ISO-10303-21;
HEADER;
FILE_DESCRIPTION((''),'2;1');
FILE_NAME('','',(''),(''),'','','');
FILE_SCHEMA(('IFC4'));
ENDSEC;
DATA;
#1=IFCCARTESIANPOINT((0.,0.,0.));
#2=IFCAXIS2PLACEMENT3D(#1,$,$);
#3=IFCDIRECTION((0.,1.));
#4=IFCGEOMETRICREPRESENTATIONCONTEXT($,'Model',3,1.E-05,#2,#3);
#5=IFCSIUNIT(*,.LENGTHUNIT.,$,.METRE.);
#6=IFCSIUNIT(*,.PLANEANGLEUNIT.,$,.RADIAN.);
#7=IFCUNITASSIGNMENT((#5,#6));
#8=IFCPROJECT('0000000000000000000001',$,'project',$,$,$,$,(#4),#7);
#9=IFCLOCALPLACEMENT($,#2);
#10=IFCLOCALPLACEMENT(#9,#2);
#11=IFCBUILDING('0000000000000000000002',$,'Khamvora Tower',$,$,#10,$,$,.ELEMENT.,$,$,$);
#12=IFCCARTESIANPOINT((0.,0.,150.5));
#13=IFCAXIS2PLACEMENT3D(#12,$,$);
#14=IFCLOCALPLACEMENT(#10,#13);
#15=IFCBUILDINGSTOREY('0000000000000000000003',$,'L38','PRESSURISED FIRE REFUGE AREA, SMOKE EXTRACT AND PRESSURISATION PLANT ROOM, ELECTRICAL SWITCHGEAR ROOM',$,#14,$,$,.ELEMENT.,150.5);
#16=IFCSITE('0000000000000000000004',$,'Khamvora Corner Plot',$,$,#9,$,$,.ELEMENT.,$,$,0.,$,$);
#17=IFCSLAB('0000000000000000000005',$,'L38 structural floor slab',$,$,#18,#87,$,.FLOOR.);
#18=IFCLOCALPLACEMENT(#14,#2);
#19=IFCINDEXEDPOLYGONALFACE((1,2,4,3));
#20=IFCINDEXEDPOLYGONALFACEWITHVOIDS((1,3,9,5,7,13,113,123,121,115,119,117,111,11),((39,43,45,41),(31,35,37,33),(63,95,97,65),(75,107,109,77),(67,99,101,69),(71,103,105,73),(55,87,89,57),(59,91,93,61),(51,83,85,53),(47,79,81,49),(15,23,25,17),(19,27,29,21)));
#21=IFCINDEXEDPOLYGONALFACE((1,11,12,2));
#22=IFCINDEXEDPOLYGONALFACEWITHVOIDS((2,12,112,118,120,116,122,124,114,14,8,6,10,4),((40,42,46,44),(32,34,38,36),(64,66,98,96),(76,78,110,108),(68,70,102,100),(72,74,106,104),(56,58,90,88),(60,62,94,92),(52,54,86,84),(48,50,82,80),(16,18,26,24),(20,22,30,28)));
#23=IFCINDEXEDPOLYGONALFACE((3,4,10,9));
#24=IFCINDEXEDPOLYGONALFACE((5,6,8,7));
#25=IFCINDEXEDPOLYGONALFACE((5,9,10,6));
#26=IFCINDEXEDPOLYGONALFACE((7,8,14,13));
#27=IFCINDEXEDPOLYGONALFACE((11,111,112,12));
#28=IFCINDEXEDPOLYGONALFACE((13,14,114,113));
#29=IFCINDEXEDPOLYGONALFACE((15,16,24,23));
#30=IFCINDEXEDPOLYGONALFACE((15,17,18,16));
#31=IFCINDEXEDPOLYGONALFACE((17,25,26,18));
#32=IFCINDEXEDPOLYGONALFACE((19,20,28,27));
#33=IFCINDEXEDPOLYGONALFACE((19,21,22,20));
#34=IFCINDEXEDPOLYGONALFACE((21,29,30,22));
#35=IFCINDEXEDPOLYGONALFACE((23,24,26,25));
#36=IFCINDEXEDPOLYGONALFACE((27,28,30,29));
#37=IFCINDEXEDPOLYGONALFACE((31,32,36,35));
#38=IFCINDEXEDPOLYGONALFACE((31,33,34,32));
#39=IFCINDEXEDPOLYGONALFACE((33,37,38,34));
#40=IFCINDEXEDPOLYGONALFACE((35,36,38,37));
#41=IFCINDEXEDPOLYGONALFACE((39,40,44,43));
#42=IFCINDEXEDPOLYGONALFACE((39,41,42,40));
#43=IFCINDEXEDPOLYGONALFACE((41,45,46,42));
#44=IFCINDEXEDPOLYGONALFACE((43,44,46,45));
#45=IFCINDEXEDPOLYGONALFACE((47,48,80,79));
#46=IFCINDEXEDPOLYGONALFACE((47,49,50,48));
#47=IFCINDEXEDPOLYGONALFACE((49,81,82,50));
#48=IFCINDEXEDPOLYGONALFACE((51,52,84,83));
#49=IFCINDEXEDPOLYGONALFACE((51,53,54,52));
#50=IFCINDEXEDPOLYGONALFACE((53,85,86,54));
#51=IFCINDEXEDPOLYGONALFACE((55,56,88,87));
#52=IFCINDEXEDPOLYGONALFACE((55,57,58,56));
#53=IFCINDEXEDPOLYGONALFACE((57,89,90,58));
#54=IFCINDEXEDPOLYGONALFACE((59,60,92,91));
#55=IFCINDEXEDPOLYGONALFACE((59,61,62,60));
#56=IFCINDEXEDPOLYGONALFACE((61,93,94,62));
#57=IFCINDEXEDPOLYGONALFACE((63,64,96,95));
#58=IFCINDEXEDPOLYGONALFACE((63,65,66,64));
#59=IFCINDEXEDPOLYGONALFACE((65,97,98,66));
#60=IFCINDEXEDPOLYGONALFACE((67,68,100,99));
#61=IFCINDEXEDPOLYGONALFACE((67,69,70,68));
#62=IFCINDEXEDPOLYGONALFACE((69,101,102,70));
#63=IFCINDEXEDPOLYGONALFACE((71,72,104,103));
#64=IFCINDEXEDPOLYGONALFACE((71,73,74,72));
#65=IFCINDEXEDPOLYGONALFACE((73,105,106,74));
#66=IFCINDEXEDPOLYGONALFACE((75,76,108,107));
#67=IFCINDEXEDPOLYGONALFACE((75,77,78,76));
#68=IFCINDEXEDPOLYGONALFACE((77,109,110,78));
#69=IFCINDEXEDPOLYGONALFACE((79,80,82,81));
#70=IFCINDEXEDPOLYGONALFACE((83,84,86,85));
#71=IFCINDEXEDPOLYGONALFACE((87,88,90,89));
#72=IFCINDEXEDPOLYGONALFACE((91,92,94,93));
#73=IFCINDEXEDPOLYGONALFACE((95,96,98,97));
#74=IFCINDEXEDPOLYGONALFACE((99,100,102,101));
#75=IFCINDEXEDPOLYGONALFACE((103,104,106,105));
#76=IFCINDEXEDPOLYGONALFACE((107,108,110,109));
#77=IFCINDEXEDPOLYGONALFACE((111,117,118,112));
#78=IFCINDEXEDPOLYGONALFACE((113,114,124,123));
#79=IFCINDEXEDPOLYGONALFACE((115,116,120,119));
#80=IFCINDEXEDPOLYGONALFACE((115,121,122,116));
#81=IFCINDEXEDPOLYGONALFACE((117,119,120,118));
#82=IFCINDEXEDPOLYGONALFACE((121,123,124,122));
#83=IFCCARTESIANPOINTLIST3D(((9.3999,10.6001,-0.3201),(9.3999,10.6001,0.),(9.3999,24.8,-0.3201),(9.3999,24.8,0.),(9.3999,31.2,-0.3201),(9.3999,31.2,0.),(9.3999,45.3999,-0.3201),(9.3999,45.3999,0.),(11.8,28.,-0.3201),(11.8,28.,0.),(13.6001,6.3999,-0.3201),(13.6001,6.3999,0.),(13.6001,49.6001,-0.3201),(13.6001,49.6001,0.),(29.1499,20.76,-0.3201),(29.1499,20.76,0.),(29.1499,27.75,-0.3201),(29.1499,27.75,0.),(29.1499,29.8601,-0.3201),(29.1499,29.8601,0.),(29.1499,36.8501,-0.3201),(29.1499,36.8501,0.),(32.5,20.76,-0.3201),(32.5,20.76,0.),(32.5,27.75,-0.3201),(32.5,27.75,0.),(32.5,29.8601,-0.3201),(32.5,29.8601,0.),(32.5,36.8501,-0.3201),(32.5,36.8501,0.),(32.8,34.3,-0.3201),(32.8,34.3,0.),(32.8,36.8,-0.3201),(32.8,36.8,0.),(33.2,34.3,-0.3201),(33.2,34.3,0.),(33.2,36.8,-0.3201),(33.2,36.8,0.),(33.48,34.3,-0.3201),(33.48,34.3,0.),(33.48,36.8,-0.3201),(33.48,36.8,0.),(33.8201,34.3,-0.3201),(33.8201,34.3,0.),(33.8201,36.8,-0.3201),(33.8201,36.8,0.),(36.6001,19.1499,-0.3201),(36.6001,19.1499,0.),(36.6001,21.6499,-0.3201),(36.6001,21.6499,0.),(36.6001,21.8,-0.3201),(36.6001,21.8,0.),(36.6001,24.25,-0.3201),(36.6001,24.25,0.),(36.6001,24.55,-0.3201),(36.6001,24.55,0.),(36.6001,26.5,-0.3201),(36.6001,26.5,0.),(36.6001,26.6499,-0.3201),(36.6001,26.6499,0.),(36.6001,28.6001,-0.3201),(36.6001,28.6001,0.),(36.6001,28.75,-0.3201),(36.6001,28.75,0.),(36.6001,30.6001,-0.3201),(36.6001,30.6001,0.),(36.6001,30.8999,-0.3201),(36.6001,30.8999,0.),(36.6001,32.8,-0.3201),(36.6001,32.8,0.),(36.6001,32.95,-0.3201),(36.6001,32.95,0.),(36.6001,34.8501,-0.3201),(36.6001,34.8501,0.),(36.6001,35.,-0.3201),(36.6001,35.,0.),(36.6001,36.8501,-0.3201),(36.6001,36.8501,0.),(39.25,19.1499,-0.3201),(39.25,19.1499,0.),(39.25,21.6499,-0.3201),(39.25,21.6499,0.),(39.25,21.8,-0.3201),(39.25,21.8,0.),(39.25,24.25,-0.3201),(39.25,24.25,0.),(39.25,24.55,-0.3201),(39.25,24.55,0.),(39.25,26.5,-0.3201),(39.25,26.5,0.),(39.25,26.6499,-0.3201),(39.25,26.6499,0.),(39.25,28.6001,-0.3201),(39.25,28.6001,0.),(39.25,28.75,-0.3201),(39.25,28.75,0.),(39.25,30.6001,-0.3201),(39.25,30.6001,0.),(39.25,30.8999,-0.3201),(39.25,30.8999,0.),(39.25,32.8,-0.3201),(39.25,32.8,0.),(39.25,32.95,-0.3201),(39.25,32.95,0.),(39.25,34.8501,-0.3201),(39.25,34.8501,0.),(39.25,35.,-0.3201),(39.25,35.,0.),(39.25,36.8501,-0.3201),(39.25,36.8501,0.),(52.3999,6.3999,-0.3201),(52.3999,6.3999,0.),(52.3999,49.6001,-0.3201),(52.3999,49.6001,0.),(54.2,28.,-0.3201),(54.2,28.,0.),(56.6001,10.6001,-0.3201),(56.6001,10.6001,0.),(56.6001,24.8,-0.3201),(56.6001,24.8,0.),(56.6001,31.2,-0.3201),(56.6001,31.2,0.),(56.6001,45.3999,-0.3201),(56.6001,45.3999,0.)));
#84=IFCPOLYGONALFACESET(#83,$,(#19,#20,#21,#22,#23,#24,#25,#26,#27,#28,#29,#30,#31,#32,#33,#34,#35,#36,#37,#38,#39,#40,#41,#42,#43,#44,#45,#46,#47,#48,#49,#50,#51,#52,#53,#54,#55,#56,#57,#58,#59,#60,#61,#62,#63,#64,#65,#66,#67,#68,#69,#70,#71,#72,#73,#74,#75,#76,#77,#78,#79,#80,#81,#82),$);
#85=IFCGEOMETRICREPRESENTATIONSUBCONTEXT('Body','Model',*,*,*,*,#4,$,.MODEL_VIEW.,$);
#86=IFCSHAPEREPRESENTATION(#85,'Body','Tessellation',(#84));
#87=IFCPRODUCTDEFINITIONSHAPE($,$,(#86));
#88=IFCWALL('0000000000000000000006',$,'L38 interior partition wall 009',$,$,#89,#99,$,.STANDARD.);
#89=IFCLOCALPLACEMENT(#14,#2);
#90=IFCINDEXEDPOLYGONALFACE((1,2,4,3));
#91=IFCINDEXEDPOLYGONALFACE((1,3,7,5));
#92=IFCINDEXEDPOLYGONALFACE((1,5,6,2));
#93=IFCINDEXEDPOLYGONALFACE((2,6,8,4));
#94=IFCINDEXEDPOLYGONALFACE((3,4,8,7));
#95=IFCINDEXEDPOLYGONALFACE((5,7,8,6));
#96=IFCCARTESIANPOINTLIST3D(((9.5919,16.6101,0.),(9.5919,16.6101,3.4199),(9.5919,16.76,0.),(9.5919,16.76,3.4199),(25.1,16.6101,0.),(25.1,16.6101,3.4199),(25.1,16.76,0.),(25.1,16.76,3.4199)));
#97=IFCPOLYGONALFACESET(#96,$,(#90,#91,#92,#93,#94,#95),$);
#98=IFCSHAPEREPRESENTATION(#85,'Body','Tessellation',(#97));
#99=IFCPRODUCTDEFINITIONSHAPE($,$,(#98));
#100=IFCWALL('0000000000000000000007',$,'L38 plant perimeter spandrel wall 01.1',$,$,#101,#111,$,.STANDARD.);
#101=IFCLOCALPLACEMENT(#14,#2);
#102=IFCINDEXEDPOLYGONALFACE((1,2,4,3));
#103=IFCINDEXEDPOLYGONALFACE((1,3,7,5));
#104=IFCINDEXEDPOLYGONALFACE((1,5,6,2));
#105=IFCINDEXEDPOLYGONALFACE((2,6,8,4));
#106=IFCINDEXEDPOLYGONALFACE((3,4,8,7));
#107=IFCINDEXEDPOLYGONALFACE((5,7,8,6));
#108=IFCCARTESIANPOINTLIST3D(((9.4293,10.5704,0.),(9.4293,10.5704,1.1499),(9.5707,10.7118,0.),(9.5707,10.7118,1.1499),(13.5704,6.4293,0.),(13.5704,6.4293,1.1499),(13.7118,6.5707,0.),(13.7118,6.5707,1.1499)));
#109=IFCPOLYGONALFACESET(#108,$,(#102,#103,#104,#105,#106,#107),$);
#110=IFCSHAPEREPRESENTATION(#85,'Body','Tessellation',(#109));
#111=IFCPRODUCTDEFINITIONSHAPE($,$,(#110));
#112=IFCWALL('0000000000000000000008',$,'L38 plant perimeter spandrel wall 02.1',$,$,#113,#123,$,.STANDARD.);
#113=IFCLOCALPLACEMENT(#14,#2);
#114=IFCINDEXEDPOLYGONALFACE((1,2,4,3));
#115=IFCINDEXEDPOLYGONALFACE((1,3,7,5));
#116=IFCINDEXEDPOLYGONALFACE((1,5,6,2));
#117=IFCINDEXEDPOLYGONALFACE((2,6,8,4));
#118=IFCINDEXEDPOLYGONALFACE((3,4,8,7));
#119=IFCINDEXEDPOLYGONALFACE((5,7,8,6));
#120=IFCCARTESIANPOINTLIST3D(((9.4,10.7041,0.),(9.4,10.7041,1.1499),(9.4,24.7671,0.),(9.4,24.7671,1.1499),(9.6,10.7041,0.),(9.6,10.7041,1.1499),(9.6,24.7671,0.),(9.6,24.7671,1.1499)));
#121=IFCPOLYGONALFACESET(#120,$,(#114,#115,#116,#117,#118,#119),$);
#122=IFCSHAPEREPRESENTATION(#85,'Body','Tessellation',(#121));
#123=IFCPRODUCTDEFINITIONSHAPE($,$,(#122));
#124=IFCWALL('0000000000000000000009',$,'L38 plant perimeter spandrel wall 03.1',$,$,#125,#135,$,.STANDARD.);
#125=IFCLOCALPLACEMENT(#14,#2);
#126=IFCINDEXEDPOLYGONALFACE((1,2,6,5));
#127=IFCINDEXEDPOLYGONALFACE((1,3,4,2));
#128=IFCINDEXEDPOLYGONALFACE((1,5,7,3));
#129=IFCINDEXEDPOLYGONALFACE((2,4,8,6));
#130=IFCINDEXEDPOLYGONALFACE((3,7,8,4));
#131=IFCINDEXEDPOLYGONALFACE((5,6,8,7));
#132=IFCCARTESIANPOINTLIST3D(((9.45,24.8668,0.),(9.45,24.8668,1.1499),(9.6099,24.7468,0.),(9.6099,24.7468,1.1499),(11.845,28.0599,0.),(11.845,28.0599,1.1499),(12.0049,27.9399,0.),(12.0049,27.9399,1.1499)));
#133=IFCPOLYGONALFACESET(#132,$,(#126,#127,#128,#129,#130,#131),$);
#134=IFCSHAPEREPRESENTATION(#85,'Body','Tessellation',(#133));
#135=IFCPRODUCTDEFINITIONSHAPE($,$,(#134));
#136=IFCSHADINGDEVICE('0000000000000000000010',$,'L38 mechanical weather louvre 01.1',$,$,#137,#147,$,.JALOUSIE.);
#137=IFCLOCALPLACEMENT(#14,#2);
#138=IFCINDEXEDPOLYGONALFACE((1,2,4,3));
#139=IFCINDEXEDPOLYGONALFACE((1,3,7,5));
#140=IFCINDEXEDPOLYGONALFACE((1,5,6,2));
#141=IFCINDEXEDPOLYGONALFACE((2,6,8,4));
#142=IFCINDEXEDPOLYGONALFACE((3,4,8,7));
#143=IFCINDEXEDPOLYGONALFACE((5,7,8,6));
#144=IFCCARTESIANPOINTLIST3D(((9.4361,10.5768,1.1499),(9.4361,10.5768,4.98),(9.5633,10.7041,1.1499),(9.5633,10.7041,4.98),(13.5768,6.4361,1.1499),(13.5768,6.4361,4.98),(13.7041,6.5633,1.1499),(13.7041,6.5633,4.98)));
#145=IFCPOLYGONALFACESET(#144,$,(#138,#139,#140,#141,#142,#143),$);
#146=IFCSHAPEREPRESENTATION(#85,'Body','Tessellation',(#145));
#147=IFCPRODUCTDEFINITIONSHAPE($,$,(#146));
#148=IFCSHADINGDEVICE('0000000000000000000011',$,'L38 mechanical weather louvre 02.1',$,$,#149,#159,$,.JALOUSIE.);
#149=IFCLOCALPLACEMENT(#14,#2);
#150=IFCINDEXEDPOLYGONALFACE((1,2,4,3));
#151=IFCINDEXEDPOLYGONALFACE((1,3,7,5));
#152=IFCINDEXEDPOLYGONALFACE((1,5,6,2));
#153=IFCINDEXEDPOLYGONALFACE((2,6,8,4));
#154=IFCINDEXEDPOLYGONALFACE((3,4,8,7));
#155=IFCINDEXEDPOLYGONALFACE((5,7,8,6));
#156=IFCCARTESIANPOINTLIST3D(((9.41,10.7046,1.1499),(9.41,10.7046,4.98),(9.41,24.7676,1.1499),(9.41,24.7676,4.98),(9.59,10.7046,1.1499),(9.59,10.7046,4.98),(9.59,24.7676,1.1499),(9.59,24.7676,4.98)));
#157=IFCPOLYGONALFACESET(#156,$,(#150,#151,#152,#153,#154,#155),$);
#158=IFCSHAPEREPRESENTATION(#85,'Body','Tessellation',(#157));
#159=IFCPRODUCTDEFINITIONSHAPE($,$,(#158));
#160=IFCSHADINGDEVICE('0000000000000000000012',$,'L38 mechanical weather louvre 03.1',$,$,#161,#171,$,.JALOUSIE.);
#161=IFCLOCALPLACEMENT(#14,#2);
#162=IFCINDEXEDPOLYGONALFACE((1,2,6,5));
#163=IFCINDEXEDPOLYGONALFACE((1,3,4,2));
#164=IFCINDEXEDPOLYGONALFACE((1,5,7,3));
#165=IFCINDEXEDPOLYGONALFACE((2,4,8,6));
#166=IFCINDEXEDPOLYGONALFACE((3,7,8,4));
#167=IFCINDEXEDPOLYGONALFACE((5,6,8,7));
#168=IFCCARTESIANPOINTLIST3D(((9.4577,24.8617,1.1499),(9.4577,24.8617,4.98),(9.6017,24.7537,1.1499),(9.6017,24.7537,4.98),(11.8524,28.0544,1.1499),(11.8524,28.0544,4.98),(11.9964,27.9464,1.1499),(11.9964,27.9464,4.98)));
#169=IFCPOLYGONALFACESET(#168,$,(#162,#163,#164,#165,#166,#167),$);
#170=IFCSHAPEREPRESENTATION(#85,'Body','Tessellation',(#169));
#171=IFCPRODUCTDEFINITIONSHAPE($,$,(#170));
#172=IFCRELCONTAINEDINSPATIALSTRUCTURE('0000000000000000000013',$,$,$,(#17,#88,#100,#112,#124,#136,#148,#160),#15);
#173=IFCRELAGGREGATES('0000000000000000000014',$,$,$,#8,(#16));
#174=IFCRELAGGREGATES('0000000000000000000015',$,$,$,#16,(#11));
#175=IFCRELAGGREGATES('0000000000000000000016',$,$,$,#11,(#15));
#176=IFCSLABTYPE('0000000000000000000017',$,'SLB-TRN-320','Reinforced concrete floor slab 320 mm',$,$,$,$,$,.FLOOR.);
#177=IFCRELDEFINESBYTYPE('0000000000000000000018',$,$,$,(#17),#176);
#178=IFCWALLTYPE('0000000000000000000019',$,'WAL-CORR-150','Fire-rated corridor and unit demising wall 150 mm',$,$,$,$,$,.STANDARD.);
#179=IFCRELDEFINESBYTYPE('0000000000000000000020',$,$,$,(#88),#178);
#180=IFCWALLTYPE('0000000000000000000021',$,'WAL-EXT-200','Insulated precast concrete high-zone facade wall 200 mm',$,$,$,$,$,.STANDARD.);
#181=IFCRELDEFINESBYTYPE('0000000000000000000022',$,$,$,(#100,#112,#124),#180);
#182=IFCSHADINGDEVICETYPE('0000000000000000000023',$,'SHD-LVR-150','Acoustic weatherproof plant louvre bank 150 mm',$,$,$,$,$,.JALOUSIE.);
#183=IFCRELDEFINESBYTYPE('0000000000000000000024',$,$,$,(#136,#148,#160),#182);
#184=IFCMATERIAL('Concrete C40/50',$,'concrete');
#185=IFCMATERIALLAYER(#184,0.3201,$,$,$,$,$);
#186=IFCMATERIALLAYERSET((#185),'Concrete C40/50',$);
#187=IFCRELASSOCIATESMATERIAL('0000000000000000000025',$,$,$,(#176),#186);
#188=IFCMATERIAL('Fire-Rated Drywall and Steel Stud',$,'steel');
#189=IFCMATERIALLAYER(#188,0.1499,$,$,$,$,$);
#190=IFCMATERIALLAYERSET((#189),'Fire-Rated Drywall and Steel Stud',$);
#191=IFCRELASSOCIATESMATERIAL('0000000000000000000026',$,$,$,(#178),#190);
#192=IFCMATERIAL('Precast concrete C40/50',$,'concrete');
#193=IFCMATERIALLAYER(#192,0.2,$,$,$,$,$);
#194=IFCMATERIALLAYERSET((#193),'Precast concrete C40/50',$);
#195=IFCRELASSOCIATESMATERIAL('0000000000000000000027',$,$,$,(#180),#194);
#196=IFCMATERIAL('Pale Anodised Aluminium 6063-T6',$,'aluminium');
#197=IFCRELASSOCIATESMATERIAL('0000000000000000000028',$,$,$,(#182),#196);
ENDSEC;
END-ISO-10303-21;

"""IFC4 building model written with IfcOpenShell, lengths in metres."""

from ifc_helpers import new_model, si_unit, direction, frame, frame_2d, origin, origin_2d, place, context, subcontext, project, spatial, polyline, rectangle, outline, extrude, material, layer, layer_set, type_object, element, save


model = new_model("IFC4")

# Units and contexts
model_context = context("Model", 3, precision=1e-05, world=origin(), true_north=direction((0.0, 1.0)))
body_context = subcontext(model_context, "Body", "Model", "MODEL_VIEW")
ifc_project = project(units=[si_unit("LENGTHUNIT", "METRE"), si_unit("PLANEANGLEUNIT", "RADIAN")], contexts=[model_context])

# Site, building, storey
site_placement = place(None, origin())
site = spatial("IfcSite", under=ifc_project, at=site_placement, Name="Khamvora Corner Plot", CompositionType="ELEMENT", RefElevation=0.0)
building_placement = place(site_placement, origin())
building = spatial("IfcBuilding", under=site, at=building_placement, Name="Khamvora Tower", CompositionType="ELEMENT")
storey_placement = place(building_placement, frame((0.0, 0.0, 150.5)))
storey = spatial("IfcBuildingStorey", under=building, at=storey_placement, Name="L38", Description="PRESSURISED FIRE REFUGE AREA, SMOKE EXTRACT AND PRESSURISATION PLANT ROOM, ELECTRICAL SWITCHGEAR ROOM", CompositionType="ELEMENT", Elevation=150.5)

# Shared definitions
ifc_material_1 = material(Name="Concrete C40/50", Category="concrete")

# Slab
ifc_layer_1 = layer(ifc_material_1, 0.3201)
ifc_layer_set_1 = layer_set([ifc_layer_1], Name="Concrete C40/50")
slab_type_1 = type_object("IfcSlabType", Name="SLB-TRN-320", Description="Reinforced concrete floor slab 320 mm", PredefinedType="FLOOR", material=ifc_layer_set_1)
slab_1_placement = place(storey_placement, frame((0.0, 0.0, -0.3201)))
element("IfcSlab", 1, at=slab_1_placement, inside=storey, type_object=slab_type_1, Name="L38 structural floor slab", PredefinedType="FLOOR", context=body_context, shape_type="SweptSolid", body=[
    extrude(outline(polyline([(13.6001, 6.3999), (52.3999, 6.3999), (56.6001, 10.6001), (56.6001, 24.8), (54.2, 28.0), (56.6001, 31.2), (56.6001, 45.3999), (52.3999, 49.6001), (13.6001, 49.6001), (9.3999, 45.3999), (9.3999, 31.2), (11.8, 28.0), (9.3999, 24.8), (9.3999, 10.6001), (13.6001, 6.3999)]), holes=[polyline([(32.5, 20.76), (32.5, 27.75), (29.1499, 27.75), (29.1499, 20.76), (32.5, 20.76)]), polyline([(32.5, 29.8601), (32.5, 36.8501), (29.1499, 36.8501), (29.1499, 29.8601), (32.5, 29.8601)]), polyline([(36.6001, 19.1499), (39.25, 19.1499), (39.25, 21.6499), (36.6001, 21.6499), (36.6001, 19.1499)]), polyline([(36.6001, 21.8), (39.25, 21.8), (39.25, 24.25), (36.6001, 24.25), (36.6001, 21.8)]), polyline([(36.6001, 24.55), (39.25, 24.55), (39.25, 26.5), (36.6001, 26.5), (36.6001, 24.55)]), polyline([(36.6001, 26.6499), (39.25, 26.6499), (39.25, 28.6001), (36.6001, 28.6001), (36.6001, 26.6499)]), polyline([(36.6001, 28.75), (39.25, 28.75), (39.25, 30.6001), (36.6001, 30.6001), (36.6001, 28.75)]), polyline([(36.6001, 30.8999), (39.25, 30.8999), (39.25, 32.8), (36.6001, 32.8), (36.6001, 30.8999)]), polyline([(36.6001, 32.95), (39.25, 32.95), (39.25, 34.8501), (36.6001, 34.8501), (36.6001, 32.95)]), polyline([(36.6001, 35.0), (39.25, 35.0), (39.25, 36.8501), (36.6001, 36.8501), (36.6001, 35.0)]), polyline([(32.8, 34.3), (33.2, 34.3), (33.2, 36.8), (32.8, 36.8), (32.8, 34.3)]), polyline([(33.48, 34.3), (33.8201, 34.3), (33.8201, 36.8), (33.48, 36.8), (33.48, 34.3)])]), origin(), (0.0, 0.0, 1.0), 0.3201),
])

# Walls
ifc_material_2 = material(Name="Fire-Rated Drywall and Steel Stud", Category="steel")
ifc_layer_2 = layer(ifc_material_2, 0.1499)
ifc_layer_set_2 = layer_set([ifc_layer_2], Name="Fire-Rated Drywall and Steel Stud")
wall_type_1 = type_object("IfcWallType", Name="WAL-CORR-150", Description="Fire-rated corridor and unit demising wall 150 mm", PredefinedType="STANDARD", material=ifc_layer_set_2)
wall_1_placement = place(storey_placement, frame((9.592, 16.6851, 0.0), z_axis=(0.0, 0.0, 1.0), x_axis=(1.0, 0.0, 0.0)))
element("IfcWall", 2, at=wall_1_placement, inside=storey, type_object=wall_type_1, Name="L38 interior partition wall 009", PredefinedType="STANDARD", context=body_context, shape_type="SweptSolid", body=[
    extrude(rectangle(XDim=15.5081, YDim=0.1499, at=frame_2d((7.7539, 0.0))), origin(), (0.0, 0.0, 1.0), 3.4199),
])
ifc_material_3 = material(Name="Precast concrete C40/50", Category="concrete")
ifc_layer_3 = layer(ifc_material_3, 0.2)
ifc_layer_set_3 = layer_set([ifc_layer_3], Name="Precast concrete C40/50")
wall_type_2 = type_object("IfcWallType", Name="WAL-EXT-200", Description="Insulated precast concrete high-zone facade wall 200 mm", PredefinedType="STANDARD", material=ifc_layer_set_3)
wall_2_placement = place(storey_placement, frame((13.6411, 6.5, 0.0), z_axis=(0.0, 0.0, 1.0), x_axis=(-0.707107, 0.707107, 0.0)))
element("IfcWall", 3, at=wall_2_placement, inside=storey, type_object=wall_type_2, Name="L38 plant perimeter spandrel wall 01.1", PredefinedType="STANDARD", context=body_context, shape_type="SweptSolid", body=[
    extrude(rectangle(XDim=5.8564, YDim=0.2, at=frame_2d((2.9282, 0.0))), origin(), (0.0, 0.0, 1.0), 1.1499),
])
wall_3_placement = place(storey_placement, frame((9.5, 10.7041, 0.0), z_axis=(0.0, 0.0, 1.0), x_axis=(0.0, 1.0, 0.0)))
element("IfcWall", 4, at=wall_3_placement, inside=storey, type_object=wall_type_2, Name="L38 plant perimeter spandrel wall 02.1", PredefinedType="STANDARD", context=body_context, shape_type="SweptSolid", body=[
    extrude(rectangle(XDim=14.063, YDim=0.2, at=frame_2d((7.0315, 0.0))), origin(), (0.0, 0.0, 1.0), 1.1499),
])
wall_4_placement = place(storey_placement, frame((9.53, 24.8069, 0.0), z_axis=(0.0, 0.0, 1.0), x_axis=(0.600029, 0.799978, 0.0)))
element("IfcWall", 5, at=wall_4_placement, inside=storey, type_object=wall_type_2, Name="L38 plant perimeter spandrel wall 03.1", PredefinedType="STANDARD", context=body_context, shape_type="SweptSolid", body=[
    extrude(rectangle(XDim=3.9915, YDim=0.2, at=frame_2d((1.9956, 0.0))), origin(), (0.0, 0.0, 1.0), 1.1499),
])

# Shading devices
ifc_material_4 = material(Name="Pale Anodised Aluminium 6063-T6", Category="aluminium")
shading_device_type = type_object("IfcShadingDeviceType", Name="SHD-LVR-150", Description="Acoustic weatherproof plant louvre bank 150 mm", PredefinedType="JALOUSIE", material=ifc_material_4)
shading_device_1_placement = place(storey_placement, frame((11.5701, 8.5701, 1.1499), z_axis=(0.0, 0.0, 1.0), x_axis=(-0.707107, 0.707107, 0.0)))
element("IfcShadingDevice", 6, at=shading_device_1_placement, inside=storey, type_object=shading_device_type, Name="L38 mechanical weather louvre 01.1", PredefinedType="JALOUSIE", context=body_context, shape_type="SweptSolid", body=[
    extrude(rectangle(XDim=5.856, YDim=0.1799, at=origin_2d()), origin(), (0.0, 0.0, 1.0), 3.8301),
])
shading_device_2_placement = place(storey_placement, frame((9.5, 17.7361, 1.1499), z_axis=(0.0, 0.0, 1.0), x_axis=(0.0, 1.0, 0.0)))
element("IfcShadingDevice", 7, at=shading_device_2_placement, inside=storey, type_object=shading_device_type, Name="L38 mechanical weather louvre 02.1", PredefinedType="JALOUSIE", context=body_context, shape_type="SweptSolid", body=[
    extrude(rectangle(XDim=14.063, YDim=0.1799, at=origin_2d()), origin(), (0.0, 0.0, 1.0), 3.8301),
])
shading_device_3_placement = place(storey_placement, frame((10.7271, 26.4041, 1.1499), z_axis=(0.0, 0.0, 1.0), x_axis=(0.60004, 0.79997, 0.0)))
element("IfcShadingDevice", 8, at=shading_device_3_placement, inside=storey, type_object=shading_device_type, Name="L38 mechanical weather louvre 03.1", PredefinedType="JALOUSIE", context=body_context, shape_type="SweptSolid", body=[
    extrude(rectangle(XDim=3.991, YDim=0.1799, at=origin_2d()), origin(), (0.0, 0.0, 1.0), 3.8301),
])

save(model, "model.ifc")
